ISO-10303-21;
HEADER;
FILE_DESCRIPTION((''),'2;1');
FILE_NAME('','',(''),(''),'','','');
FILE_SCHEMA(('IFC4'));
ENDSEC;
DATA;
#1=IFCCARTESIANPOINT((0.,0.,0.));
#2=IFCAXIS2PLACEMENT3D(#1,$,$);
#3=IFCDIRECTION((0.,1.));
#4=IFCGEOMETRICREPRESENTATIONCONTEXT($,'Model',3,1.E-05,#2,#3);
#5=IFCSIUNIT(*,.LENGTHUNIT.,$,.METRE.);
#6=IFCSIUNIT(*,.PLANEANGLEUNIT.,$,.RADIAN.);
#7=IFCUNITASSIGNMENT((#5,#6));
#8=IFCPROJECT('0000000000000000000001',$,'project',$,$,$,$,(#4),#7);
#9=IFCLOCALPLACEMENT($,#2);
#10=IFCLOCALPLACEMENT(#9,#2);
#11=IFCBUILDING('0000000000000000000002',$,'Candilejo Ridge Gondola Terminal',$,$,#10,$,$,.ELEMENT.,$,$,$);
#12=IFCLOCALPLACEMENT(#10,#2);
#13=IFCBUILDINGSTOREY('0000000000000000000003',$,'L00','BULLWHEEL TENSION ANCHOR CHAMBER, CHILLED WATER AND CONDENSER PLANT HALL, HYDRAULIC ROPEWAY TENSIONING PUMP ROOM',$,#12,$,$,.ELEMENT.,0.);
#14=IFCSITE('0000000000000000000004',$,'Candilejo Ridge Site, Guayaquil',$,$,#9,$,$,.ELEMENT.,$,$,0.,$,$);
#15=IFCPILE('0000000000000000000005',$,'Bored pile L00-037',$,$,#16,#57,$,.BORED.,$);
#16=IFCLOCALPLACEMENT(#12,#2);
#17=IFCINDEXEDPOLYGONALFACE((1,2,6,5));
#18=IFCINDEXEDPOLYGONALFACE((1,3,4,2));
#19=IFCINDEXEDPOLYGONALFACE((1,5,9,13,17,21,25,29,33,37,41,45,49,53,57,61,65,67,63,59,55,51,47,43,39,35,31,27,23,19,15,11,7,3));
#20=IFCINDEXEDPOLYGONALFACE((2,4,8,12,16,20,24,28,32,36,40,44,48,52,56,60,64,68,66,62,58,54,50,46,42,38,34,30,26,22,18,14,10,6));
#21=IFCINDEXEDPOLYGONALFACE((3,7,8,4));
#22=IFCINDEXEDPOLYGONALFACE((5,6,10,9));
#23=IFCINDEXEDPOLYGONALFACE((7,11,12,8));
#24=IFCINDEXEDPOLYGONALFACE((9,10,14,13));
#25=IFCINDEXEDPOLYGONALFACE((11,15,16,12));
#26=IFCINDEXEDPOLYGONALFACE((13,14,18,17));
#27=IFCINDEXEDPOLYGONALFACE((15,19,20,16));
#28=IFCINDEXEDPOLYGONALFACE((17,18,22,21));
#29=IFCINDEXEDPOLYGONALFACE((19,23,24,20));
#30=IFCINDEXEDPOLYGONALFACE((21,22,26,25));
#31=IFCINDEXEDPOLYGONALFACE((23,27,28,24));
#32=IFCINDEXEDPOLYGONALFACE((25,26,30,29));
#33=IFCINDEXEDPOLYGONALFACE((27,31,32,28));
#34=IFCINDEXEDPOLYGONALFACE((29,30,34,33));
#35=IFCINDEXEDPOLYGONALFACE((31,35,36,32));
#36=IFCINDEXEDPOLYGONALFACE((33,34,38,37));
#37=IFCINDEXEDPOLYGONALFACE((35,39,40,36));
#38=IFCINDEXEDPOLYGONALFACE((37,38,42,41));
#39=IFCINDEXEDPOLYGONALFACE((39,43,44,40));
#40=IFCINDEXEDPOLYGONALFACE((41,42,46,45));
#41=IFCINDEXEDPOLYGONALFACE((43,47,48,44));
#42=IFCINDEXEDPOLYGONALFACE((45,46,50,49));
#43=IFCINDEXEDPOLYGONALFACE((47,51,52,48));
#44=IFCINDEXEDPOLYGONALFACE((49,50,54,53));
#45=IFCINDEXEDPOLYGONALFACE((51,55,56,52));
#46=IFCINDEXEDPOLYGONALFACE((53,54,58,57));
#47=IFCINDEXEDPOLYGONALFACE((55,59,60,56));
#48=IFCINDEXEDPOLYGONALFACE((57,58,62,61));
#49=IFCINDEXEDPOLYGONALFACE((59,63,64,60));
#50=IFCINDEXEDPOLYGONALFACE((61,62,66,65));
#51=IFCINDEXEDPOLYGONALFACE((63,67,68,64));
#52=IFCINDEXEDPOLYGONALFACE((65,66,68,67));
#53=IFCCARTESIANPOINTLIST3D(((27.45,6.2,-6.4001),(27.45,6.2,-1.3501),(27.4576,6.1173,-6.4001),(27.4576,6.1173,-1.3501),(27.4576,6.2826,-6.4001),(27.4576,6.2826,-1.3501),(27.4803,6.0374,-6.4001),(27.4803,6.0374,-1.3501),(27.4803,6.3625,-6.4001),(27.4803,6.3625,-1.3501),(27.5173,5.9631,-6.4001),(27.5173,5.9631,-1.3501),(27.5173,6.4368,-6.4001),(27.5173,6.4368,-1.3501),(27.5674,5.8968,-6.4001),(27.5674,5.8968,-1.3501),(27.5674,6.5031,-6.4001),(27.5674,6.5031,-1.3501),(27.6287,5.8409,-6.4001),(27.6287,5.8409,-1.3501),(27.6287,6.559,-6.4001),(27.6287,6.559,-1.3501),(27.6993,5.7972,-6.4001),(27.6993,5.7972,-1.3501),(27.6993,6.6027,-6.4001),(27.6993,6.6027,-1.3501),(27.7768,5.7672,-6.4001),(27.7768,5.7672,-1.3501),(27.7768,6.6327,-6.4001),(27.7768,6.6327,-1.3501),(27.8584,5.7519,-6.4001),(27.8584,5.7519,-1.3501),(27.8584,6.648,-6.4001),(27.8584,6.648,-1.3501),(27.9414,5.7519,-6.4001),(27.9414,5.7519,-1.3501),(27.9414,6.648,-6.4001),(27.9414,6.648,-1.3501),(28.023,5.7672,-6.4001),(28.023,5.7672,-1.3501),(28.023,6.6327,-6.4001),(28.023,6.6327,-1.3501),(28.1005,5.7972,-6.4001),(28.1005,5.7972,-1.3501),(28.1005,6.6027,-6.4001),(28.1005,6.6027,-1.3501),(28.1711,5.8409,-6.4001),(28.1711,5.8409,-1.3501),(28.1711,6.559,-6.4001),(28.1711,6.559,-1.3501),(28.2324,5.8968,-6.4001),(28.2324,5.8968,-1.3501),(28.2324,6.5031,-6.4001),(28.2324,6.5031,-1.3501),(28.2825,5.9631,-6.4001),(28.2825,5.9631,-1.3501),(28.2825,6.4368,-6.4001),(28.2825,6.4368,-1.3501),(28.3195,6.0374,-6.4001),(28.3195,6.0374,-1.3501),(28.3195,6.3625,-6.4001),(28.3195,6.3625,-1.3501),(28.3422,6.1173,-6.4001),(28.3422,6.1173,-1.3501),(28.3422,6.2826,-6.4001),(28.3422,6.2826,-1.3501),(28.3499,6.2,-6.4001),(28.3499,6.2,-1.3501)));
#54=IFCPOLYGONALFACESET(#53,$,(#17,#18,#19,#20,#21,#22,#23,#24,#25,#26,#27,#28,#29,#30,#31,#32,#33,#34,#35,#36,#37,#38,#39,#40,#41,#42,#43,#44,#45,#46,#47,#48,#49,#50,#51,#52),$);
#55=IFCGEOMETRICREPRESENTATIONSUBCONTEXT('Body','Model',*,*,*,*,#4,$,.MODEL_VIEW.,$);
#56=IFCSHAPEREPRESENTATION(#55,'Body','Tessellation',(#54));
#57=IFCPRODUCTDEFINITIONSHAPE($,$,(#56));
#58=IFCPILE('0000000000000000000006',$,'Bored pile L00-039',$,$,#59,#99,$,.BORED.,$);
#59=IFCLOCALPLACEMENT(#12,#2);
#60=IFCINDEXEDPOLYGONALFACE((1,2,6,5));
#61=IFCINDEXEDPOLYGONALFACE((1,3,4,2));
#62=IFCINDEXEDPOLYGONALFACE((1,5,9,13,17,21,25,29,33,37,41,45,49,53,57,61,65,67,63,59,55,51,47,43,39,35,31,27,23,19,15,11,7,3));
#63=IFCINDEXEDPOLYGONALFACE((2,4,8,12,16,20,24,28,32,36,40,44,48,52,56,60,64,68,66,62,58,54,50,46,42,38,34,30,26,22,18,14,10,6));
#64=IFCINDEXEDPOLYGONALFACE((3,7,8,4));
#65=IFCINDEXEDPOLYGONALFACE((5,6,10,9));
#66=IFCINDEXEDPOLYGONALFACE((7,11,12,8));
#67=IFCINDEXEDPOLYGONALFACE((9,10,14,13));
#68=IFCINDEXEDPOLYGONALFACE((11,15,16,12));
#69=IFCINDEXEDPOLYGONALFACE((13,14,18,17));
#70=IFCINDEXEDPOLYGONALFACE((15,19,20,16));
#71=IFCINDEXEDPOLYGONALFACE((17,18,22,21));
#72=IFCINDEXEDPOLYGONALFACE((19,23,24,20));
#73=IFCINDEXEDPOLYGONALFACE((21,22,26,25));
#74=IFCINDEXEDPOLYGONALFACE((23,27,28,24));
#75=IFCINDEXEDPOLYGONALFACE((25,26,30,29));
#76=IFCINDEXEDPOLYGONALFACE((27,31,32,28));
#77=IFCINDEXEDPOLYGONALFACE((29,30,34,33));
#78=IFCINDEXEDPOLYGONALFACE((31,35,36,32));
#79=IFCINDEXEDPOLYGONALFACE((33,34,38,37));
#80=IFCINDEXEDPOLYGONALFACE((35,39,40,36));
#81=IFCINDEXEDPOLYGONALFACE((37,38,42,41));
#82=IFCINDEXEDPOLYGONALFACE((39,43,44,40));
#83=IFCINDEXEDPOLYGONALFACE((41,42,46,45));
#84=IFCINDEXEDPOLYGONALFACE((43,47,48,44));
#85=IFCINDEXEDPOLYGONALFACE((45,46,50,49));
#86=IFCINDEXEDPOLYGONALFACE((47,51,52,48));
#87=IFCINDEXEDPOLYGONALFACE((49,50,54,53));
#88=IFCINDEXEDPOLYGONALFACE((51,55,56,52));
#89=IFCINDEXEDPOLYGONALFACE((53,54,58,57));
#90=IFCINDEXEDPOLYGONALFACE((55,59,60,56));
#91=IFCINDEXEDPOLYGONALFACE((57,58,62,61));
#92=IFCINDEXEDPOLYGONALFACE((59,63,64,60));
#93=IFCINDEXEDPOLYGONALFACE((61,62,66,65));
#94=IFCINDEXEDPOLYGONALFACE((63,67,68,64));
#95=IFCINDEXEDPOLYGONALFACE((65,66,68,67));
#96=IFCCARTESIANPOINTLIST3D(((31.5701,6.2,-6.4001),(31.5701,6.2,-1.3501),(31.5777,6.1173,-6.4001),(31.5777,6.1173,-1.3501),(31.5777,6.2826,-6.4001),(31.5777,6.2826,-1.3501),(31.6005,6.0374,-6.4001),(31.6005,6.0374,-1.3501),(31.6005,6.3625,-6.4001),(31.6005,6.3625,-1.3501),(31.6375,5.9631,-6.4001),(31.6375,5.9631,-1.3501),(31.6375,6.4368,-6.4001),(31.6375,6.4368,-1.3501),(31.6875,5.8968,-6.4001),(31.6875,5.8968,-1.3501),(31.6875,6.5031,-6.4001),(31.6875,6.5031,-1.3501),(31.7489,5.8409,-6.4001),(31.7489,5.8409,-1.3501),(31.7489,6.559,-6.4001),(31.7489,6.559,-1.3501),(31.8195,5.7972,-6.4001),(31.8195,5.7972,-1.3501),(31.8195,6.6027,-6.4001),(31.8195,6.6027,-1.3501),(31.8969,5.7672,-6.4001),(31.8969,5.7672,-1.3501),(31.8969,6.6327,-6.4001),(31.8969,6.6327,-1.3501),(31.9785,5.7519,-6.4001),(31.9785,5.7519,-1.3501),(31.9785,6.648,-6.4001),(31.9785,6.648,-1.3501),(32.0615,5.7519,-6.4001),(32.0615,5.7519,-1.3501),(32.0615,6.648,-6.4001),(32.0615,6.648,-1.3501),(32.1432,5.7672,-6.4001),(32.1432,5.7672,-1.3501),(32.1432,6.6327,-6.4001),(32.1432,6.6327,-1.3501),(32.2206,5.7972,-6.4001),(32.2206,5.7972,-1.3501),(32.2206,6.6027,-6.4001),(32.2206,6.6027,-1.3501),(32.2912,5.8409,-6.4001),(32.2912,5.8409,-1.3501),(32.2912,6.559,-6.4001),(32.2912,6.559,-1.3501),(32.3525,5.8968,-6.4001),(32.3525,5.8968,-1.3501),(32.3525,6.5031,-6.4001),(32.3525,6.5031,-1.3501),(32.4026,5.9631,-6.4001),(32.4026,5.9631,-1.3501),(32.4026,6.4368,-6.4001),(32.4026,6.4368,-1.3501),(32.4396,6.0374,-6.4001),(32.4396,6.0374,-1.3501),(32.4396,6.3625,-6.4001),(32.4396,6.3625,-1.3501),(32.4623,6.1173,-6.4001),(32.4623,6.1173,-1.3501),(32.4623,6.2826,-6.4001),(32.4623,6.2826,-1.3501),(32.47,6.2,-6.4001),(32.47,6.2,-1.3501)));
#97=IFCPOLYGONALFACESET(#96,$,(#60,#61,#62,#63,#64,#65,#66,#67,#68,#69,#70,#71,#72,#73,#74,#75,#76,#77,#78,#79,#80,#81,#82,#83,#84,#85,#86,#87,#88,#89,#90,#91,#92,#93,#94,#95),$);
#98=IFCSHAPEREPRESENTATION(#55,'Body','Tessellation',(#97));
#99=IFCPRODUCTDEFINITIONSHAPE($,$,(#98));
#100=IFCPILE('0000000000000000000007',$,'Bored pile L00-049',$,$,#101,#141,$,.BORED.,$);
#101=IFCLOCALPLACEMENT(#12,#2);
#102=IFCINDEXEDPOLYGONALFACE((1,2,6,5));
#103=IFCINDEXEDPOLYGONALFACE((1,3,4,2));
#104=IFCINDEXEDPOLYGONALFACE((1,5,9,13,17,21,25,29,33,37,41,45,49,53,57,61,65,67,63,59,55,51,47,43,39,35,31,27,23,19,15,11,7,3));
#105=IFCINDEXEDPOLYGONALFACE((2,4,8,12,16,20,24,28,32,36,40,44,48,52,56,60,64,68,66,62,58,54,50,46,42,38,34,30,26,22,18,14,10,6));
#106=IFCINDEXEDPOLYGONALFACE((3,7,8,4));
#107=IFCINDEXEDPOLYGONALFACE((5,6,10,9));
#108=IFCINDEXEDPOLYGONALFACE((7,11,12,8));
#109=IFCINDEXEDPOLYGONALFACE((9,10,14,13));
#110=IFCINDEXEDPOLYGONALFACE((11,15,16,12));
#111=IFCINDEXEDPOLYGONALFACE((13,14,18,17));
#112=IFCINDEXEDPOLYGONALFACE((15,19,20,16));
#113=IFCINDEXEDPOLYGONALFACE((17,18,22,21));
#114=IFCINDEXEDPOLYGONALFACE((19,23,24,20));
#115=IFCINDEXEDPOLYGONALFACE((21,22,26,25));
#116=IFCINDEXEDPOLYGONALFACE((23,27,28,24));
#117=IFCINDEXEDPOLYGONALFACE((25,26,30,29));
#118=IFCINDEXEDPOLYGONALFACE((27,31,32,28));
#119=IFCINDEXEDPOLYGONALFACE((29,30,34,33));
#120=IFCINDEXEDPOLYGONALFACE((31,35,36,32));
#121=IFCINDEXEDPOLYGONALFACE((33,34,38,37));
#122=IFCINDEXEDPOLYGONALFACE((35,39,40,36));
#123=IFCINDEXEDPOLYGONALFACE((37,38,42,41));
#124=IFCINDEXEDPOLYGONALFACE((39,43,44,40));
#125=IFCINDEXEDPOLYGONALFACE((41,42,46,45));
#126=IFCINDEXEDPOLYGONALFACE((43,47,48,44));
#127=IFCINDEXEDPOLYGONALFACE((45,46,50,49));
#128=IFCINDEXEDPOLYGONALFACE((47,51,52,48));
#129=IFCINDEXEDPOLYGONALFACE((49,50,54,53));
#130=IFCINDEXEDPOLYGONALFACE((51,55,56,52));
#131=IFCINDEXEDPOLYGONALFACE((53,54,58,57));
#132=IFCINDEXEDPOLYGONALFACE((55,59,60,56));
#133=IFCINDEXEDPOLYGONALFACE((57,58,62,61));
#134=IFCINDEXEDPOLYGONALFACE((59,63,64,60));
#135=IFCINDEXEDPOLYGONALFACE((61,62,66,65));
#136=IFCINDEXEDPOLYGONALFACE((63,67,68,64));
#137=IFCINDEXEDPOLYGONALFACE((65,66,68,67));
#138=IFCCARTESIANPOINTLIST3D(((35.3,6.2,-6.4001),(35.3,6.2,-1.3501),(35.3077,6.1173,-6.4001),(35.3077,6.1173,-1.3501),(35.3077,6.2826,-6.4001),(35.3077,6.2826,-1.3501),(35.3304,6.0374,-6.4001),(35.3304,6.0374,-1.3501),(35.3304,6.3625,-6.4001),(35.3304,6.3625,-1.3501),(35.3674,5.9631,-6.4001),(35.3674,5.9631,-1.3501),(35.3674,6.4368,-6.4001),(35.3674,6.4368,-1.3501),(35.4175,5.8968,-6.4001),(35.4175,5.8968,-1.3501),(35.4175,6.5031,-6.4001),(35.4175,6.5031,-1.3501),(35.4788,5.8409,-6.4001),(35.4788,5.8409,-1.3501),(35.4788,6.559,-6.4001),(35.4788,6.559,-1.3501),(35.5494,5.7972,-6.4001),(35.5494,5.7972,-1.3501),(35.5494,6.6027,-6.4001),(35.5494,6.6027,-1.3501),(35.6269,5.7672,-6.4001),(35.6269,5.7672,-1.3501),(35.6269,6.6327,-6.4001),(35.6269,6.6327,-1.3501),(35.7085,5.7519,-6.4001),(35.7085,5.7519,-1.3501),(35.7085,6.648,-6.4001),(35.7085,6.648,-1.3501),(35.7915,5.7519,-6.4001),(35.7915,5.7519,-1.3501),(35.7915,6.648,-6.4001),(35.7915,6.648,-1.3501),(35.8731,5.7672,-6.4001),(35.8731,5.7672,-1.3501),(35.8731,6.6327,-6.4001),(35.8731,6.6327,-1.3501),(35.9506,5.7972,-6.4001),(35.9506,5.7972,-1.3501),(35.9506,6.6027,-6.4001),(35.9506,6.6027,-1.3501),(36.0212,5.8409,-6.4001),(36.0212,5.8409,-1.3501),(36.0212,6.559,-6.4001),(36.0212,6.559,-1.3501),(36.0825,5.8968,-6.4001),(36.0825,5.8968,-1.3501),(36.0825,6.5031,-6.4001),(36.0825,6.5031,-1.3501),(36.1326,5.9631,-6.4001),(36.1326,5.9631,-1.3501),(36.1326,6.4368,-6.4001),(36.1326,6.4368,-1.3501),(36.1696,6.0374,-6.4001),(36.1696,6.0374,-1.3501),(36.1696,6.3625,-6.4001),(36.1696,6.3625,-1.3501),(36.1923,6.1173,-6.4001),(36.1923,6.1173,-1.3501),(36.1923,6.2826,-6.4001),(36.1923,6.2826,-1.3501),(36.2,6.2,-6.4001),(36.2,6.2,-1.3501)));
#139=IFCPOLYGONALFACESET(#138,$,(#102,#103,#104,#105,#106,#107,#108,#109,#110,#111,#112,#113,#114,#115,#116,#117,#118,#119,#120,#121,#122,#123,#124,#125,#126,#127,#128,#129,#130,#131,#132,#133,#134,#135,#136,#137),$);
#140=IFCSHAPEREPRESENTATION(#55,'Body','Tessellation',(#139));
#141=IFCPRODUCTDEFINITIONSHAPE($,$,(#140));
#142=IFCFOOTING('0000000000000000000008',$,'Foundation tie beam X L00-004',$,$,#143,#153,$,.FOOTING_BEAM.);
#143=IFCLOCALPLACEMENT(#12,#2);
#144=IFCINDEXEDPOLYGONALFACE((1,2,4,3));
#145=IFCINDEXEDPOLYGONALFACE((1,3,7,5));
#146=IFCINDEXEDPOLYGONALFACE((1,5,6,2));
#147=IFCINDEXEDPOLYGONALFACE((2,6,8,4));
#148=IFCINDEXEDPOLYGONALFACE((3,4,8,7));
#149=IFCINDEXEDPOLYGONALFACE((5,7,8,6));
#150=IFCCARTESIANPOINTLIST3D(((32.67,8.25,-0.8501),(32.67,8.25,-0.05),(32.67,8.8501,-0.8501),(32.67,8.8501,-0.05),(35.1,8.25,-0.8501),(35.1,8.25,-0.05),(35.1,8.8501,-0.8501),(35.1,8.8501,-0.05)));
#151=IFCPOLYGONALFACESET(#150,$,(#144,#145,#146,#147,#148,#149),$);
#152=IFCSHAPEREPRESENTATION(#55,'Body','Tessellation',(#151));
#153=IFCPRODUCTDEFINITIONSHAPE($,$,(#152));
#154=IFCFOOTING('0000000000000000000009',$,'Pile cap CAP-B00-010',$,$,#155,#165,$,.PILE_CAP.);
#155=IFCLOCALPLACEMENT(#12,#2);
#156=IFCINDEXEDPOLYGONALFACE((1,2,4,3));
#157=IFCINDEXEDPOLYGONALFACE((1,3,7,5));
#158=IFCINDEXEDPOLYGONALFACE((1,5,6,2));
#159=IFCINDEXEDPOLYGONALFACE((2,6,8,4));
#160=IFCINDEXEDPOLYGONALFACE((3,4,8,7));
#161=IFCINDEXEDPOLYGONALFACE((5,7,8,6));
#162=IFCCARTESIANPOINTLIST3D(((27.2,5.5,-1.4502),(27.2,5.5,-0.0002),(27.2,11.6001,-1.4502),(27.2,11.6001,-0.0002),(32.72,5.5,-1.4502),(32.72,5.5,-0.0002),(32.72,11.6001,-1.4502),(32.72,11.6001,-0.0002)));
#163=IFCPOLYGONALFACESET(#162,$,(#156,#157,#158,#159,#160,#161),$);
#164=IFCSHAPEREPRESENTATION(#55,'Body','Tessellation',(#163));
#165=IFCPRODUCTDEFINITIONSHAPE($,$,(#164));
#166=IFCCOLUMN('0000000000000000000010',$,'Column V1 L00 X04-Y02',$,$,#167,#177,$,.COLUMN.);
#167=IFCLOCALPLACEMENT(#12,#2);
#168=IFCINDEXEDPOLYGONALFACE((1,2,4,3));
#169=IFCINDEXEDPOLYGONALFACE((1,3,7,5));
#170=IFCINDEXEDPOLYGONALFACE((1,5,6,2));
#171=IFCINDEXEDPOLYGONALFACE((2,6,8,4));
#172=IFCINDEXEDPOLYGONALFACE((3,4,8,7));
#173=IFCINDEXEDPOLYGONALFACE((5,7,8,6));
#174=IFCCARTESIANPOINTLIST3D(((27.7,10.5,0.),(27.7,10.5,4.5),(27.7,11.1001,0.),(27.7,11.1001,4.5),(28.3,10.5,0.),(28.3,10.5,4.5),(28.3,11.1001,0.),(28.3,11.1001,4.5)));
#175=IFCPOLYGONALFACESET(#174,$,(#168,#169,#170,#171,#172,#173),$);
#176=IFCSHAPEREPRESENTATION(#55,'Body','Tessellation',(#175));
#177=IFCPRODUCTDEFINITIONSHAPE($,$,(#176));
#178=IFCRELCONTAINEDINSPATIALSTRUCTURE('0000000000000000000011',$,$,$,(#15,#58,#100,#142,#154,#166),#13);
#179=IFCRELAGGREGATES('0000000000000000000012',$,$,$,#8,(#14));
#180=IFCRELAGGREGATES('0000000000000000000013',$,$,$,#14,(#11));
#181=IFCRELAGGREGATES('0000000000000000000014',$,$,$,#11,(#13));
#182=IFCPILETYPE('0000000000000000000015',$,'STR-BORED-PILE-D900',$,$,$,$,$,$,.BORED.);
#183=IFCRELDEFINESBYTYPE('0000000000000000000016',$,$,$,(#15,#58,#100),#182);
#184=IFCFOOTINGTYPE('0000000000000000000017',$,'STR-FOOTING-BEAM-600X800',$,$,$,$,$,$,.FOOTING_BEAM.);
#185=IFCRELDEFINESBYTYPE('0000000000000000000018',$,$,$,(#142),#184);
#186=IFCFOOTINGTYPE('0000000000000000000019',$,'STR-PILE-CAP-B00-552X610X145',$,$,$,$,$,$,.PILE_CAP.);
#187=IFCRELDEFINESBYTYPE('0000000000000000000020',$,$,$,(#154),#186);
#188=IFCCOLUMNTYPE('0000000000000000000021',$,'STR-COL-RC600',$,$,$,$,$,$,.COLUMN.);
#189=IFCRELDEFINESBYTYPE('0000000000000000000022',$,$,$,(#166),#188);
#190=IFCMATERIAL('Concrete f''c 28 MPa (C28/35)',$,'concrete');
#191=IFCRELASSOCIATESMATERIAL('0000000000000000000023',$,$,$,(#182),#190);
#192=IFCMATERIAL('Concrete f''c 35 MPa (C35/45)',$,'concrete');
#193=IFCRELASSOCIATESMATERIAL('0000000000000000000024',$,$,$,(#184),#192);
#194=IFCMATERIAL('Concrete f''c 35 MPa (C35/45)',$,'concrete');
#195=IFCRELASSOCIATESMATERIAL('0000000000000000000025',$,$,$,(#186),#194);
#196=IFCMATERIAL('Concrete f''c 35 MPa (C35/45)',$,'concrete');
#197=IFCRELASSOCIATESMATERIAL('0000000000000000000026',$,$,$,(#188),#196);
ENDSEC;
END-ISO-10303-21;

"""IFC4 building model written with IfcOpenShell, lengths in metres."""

from ifc_helpers import new_model, si_unit, direction, frame, origin, origin_2d, place, context, subcontext, project, spatial, rectangle, circle, extrude, material, material_profile, profile_set, type_object, element, save


model = new_model("IFC4")

# Units and contexts
model_context = context("Model", 3, precision=1e-05, world=origin(), true_north=direction((0.0, 1.0)))
body_context = subcontext(model_context, "Body", "Model", "MODEL_VIEW")
ifc_project = project(units=[si_unit("LENGTHUNIT", "METRE"), si_unit("PLANEANGLEUNIT", "RADIAN")], contexts=[model_context])

# Site, building, storey
site_placement = place(None, origin())
site = spatial("IfcSite", under=ifc_project, at=site_placement, Name="Candilejo Ridge Site, Guayaquil", CompositionType="ELEMENT", RefElevation=0.0)
building_placement = place(site_placement, origin())
building = spatial("IfcBuilding", under=site, at=building_placement, Name="Candilejo Ridge Gondola Terminal", CompositionType="ELEMENT")
storey_placement = place(building_placement, origin())
storey = spatial("IfcBuildingStorey", under=building, at=storey_placement, Name="L00", Description="BULLWHEEL TENSION ANCHOR CHAMBER, CHILLED WATER AND CONDENSER PLANT HALL, HYDRAULIC ROPEWAY TENSIONING PUMP ROOM", CompositionType="ELEMENT", Elevation=0.0)

# Piles
ifc_material_1 = material(Name="Concrete f'c 28 MPa (C28/35)", Category="concrete")
ifc_material_profile_1 = material_profile(ifc_material_1, circle(Radius=0.45, at=origin_2d()))
ifc_profile_set_1 = profile_set([ifc_material_profile_1], Name="Concrete f'c 28 MPa (C28/35)")
pile_type = type_object("IfcPileType", Name="STR-BORED-PILE-D900", PredefinedType="BORED", material=ifc_profile_set_1)
for number, where, z_axis, x_axis, name in (
    (1, (27.8999, 6.2, -1.3501), (0.0, 0.0, -1.0), (1.0, 0.0, 0.0), "Bored pile L00-037"),
    (2, (32.02, 6.2, -1.3501), (0.0, 0.0, -1.0), (1.0, 0.0, 0.0), "Bored pile L00-039"),
    (3, (35.75, 6.2, -1.3501), (0.0, 0.0, -1.0), (1.0, 0.0, 0.0), "Bored pile L00-049"),
):
    element("IfcPile", number, at=place(storey_placement, frame(where, z_axis=z_axis, x_axis=x_axis)), inside=storey, type_object=pile_type, Name=name, PredefinedType="BORED", context=body_context, shape_type="SweptSolid", body=[
        extrude(circle(Radius=0.45, at=origin_2d()), origin(), (0.0, 0.0, 1.0), 5.05),
    ])

# Footings
ifc_material_2 = material(Name="Concrete f'c 35 MPa (C35/45)", Category="concrete")
footing_type_1 = type_object("IfcFootingType", Name="STR-FOOTING-BEAM-600X800", PredefinedType="FOOTING_BEAM", material=ifc_material_2)
footing_1_placement = place(storey_placement, frame((33.885, 8.55, -0.8501), z_axis=(0.0, 0.0, 1.0), x_axis=(1.0, 0.0, 0.0)))
element("IfcFooting", 4, at=footing_1_placement, inside=storey, type_object=footing_type_1, Name="Foundation tie beam X L00-004", PredefinedType="FOOTING_BEAM", context=body_context, shape_type="SweptSolid", body=[
    extrude(rectangle(XDim=2.4299, YDim=0.6001, at=origin_2d()), origin(), (0.0, 0.0, 1.0), 0.8),
])
ifc_material_3 = material(Name="Concrete f'c 35 MPa (C35/45)", Category="concrete")
footing_type_2 = type_object("IfcFootingType", Name="STR-PILE-CAP-B00-552X610X145", PredefinedType="PILE_CAP", material=ifc_material_3)
footing_2_placement = place(storey_placement, frame((29.96, 8.55, -1.4502), z_axis=(0.0, 0.0, 1.0), x_axis=(1.0, 0.0, 0.0)))
element("IfcFooting", 5, at=footing_2_placement, inside=storey, type_object=footing_type_2, Name="Pile cap CAP-B00-010", PredefinedType="PILE_CAP", context=body_context, shape_type="SweptSolid", body=[
    extrude(rectangle(XDim=5.52, YDim=6.1001, at=origin_2d()), origin(), (0.0, 0.0, 1.0), 1.45),
])

# Column
ifc_material_4 = material(Name="Concrete f'c 35 MPa (C35/45)", Category="concrete")
ifc_material_profile_2 = material_profile(ifc_material_4, rectangle(XDim=0.6001, YDim=0.6001, at=origin_2d()))
ifc_profile_set_2 = profile_set([ifc_material_profile_2], Name="Concrete f'c 35 MPa (C35/45)")
column_type_1 = type_object("IfcColumnType", Name="STR-COL-RC600", PredefinedType="COLUMN", material=ifc_profile_set_2)
column_placement = place(storey_placement, frame((28.0, 10.8, 0.0), z_axis=(0.0, 0.0, 1.0), x_axis=(1.0, 0.0, 0.0)))
element("IfcColumn", 6, at=column_placement, inside=storey, type_object=column_type_1, Name="Column V1 L00 X04-Y02", PredefinedType="COLUMN", context=body_context, shape_type="SweptSolid", body=[
    extrude(rectangle(XDim=0.6001, YDim=0.6001, at=origin_2d()), origin(), (0.0, 0.0, 1.0), 4.5),
])

save(model, "model.ifc")
